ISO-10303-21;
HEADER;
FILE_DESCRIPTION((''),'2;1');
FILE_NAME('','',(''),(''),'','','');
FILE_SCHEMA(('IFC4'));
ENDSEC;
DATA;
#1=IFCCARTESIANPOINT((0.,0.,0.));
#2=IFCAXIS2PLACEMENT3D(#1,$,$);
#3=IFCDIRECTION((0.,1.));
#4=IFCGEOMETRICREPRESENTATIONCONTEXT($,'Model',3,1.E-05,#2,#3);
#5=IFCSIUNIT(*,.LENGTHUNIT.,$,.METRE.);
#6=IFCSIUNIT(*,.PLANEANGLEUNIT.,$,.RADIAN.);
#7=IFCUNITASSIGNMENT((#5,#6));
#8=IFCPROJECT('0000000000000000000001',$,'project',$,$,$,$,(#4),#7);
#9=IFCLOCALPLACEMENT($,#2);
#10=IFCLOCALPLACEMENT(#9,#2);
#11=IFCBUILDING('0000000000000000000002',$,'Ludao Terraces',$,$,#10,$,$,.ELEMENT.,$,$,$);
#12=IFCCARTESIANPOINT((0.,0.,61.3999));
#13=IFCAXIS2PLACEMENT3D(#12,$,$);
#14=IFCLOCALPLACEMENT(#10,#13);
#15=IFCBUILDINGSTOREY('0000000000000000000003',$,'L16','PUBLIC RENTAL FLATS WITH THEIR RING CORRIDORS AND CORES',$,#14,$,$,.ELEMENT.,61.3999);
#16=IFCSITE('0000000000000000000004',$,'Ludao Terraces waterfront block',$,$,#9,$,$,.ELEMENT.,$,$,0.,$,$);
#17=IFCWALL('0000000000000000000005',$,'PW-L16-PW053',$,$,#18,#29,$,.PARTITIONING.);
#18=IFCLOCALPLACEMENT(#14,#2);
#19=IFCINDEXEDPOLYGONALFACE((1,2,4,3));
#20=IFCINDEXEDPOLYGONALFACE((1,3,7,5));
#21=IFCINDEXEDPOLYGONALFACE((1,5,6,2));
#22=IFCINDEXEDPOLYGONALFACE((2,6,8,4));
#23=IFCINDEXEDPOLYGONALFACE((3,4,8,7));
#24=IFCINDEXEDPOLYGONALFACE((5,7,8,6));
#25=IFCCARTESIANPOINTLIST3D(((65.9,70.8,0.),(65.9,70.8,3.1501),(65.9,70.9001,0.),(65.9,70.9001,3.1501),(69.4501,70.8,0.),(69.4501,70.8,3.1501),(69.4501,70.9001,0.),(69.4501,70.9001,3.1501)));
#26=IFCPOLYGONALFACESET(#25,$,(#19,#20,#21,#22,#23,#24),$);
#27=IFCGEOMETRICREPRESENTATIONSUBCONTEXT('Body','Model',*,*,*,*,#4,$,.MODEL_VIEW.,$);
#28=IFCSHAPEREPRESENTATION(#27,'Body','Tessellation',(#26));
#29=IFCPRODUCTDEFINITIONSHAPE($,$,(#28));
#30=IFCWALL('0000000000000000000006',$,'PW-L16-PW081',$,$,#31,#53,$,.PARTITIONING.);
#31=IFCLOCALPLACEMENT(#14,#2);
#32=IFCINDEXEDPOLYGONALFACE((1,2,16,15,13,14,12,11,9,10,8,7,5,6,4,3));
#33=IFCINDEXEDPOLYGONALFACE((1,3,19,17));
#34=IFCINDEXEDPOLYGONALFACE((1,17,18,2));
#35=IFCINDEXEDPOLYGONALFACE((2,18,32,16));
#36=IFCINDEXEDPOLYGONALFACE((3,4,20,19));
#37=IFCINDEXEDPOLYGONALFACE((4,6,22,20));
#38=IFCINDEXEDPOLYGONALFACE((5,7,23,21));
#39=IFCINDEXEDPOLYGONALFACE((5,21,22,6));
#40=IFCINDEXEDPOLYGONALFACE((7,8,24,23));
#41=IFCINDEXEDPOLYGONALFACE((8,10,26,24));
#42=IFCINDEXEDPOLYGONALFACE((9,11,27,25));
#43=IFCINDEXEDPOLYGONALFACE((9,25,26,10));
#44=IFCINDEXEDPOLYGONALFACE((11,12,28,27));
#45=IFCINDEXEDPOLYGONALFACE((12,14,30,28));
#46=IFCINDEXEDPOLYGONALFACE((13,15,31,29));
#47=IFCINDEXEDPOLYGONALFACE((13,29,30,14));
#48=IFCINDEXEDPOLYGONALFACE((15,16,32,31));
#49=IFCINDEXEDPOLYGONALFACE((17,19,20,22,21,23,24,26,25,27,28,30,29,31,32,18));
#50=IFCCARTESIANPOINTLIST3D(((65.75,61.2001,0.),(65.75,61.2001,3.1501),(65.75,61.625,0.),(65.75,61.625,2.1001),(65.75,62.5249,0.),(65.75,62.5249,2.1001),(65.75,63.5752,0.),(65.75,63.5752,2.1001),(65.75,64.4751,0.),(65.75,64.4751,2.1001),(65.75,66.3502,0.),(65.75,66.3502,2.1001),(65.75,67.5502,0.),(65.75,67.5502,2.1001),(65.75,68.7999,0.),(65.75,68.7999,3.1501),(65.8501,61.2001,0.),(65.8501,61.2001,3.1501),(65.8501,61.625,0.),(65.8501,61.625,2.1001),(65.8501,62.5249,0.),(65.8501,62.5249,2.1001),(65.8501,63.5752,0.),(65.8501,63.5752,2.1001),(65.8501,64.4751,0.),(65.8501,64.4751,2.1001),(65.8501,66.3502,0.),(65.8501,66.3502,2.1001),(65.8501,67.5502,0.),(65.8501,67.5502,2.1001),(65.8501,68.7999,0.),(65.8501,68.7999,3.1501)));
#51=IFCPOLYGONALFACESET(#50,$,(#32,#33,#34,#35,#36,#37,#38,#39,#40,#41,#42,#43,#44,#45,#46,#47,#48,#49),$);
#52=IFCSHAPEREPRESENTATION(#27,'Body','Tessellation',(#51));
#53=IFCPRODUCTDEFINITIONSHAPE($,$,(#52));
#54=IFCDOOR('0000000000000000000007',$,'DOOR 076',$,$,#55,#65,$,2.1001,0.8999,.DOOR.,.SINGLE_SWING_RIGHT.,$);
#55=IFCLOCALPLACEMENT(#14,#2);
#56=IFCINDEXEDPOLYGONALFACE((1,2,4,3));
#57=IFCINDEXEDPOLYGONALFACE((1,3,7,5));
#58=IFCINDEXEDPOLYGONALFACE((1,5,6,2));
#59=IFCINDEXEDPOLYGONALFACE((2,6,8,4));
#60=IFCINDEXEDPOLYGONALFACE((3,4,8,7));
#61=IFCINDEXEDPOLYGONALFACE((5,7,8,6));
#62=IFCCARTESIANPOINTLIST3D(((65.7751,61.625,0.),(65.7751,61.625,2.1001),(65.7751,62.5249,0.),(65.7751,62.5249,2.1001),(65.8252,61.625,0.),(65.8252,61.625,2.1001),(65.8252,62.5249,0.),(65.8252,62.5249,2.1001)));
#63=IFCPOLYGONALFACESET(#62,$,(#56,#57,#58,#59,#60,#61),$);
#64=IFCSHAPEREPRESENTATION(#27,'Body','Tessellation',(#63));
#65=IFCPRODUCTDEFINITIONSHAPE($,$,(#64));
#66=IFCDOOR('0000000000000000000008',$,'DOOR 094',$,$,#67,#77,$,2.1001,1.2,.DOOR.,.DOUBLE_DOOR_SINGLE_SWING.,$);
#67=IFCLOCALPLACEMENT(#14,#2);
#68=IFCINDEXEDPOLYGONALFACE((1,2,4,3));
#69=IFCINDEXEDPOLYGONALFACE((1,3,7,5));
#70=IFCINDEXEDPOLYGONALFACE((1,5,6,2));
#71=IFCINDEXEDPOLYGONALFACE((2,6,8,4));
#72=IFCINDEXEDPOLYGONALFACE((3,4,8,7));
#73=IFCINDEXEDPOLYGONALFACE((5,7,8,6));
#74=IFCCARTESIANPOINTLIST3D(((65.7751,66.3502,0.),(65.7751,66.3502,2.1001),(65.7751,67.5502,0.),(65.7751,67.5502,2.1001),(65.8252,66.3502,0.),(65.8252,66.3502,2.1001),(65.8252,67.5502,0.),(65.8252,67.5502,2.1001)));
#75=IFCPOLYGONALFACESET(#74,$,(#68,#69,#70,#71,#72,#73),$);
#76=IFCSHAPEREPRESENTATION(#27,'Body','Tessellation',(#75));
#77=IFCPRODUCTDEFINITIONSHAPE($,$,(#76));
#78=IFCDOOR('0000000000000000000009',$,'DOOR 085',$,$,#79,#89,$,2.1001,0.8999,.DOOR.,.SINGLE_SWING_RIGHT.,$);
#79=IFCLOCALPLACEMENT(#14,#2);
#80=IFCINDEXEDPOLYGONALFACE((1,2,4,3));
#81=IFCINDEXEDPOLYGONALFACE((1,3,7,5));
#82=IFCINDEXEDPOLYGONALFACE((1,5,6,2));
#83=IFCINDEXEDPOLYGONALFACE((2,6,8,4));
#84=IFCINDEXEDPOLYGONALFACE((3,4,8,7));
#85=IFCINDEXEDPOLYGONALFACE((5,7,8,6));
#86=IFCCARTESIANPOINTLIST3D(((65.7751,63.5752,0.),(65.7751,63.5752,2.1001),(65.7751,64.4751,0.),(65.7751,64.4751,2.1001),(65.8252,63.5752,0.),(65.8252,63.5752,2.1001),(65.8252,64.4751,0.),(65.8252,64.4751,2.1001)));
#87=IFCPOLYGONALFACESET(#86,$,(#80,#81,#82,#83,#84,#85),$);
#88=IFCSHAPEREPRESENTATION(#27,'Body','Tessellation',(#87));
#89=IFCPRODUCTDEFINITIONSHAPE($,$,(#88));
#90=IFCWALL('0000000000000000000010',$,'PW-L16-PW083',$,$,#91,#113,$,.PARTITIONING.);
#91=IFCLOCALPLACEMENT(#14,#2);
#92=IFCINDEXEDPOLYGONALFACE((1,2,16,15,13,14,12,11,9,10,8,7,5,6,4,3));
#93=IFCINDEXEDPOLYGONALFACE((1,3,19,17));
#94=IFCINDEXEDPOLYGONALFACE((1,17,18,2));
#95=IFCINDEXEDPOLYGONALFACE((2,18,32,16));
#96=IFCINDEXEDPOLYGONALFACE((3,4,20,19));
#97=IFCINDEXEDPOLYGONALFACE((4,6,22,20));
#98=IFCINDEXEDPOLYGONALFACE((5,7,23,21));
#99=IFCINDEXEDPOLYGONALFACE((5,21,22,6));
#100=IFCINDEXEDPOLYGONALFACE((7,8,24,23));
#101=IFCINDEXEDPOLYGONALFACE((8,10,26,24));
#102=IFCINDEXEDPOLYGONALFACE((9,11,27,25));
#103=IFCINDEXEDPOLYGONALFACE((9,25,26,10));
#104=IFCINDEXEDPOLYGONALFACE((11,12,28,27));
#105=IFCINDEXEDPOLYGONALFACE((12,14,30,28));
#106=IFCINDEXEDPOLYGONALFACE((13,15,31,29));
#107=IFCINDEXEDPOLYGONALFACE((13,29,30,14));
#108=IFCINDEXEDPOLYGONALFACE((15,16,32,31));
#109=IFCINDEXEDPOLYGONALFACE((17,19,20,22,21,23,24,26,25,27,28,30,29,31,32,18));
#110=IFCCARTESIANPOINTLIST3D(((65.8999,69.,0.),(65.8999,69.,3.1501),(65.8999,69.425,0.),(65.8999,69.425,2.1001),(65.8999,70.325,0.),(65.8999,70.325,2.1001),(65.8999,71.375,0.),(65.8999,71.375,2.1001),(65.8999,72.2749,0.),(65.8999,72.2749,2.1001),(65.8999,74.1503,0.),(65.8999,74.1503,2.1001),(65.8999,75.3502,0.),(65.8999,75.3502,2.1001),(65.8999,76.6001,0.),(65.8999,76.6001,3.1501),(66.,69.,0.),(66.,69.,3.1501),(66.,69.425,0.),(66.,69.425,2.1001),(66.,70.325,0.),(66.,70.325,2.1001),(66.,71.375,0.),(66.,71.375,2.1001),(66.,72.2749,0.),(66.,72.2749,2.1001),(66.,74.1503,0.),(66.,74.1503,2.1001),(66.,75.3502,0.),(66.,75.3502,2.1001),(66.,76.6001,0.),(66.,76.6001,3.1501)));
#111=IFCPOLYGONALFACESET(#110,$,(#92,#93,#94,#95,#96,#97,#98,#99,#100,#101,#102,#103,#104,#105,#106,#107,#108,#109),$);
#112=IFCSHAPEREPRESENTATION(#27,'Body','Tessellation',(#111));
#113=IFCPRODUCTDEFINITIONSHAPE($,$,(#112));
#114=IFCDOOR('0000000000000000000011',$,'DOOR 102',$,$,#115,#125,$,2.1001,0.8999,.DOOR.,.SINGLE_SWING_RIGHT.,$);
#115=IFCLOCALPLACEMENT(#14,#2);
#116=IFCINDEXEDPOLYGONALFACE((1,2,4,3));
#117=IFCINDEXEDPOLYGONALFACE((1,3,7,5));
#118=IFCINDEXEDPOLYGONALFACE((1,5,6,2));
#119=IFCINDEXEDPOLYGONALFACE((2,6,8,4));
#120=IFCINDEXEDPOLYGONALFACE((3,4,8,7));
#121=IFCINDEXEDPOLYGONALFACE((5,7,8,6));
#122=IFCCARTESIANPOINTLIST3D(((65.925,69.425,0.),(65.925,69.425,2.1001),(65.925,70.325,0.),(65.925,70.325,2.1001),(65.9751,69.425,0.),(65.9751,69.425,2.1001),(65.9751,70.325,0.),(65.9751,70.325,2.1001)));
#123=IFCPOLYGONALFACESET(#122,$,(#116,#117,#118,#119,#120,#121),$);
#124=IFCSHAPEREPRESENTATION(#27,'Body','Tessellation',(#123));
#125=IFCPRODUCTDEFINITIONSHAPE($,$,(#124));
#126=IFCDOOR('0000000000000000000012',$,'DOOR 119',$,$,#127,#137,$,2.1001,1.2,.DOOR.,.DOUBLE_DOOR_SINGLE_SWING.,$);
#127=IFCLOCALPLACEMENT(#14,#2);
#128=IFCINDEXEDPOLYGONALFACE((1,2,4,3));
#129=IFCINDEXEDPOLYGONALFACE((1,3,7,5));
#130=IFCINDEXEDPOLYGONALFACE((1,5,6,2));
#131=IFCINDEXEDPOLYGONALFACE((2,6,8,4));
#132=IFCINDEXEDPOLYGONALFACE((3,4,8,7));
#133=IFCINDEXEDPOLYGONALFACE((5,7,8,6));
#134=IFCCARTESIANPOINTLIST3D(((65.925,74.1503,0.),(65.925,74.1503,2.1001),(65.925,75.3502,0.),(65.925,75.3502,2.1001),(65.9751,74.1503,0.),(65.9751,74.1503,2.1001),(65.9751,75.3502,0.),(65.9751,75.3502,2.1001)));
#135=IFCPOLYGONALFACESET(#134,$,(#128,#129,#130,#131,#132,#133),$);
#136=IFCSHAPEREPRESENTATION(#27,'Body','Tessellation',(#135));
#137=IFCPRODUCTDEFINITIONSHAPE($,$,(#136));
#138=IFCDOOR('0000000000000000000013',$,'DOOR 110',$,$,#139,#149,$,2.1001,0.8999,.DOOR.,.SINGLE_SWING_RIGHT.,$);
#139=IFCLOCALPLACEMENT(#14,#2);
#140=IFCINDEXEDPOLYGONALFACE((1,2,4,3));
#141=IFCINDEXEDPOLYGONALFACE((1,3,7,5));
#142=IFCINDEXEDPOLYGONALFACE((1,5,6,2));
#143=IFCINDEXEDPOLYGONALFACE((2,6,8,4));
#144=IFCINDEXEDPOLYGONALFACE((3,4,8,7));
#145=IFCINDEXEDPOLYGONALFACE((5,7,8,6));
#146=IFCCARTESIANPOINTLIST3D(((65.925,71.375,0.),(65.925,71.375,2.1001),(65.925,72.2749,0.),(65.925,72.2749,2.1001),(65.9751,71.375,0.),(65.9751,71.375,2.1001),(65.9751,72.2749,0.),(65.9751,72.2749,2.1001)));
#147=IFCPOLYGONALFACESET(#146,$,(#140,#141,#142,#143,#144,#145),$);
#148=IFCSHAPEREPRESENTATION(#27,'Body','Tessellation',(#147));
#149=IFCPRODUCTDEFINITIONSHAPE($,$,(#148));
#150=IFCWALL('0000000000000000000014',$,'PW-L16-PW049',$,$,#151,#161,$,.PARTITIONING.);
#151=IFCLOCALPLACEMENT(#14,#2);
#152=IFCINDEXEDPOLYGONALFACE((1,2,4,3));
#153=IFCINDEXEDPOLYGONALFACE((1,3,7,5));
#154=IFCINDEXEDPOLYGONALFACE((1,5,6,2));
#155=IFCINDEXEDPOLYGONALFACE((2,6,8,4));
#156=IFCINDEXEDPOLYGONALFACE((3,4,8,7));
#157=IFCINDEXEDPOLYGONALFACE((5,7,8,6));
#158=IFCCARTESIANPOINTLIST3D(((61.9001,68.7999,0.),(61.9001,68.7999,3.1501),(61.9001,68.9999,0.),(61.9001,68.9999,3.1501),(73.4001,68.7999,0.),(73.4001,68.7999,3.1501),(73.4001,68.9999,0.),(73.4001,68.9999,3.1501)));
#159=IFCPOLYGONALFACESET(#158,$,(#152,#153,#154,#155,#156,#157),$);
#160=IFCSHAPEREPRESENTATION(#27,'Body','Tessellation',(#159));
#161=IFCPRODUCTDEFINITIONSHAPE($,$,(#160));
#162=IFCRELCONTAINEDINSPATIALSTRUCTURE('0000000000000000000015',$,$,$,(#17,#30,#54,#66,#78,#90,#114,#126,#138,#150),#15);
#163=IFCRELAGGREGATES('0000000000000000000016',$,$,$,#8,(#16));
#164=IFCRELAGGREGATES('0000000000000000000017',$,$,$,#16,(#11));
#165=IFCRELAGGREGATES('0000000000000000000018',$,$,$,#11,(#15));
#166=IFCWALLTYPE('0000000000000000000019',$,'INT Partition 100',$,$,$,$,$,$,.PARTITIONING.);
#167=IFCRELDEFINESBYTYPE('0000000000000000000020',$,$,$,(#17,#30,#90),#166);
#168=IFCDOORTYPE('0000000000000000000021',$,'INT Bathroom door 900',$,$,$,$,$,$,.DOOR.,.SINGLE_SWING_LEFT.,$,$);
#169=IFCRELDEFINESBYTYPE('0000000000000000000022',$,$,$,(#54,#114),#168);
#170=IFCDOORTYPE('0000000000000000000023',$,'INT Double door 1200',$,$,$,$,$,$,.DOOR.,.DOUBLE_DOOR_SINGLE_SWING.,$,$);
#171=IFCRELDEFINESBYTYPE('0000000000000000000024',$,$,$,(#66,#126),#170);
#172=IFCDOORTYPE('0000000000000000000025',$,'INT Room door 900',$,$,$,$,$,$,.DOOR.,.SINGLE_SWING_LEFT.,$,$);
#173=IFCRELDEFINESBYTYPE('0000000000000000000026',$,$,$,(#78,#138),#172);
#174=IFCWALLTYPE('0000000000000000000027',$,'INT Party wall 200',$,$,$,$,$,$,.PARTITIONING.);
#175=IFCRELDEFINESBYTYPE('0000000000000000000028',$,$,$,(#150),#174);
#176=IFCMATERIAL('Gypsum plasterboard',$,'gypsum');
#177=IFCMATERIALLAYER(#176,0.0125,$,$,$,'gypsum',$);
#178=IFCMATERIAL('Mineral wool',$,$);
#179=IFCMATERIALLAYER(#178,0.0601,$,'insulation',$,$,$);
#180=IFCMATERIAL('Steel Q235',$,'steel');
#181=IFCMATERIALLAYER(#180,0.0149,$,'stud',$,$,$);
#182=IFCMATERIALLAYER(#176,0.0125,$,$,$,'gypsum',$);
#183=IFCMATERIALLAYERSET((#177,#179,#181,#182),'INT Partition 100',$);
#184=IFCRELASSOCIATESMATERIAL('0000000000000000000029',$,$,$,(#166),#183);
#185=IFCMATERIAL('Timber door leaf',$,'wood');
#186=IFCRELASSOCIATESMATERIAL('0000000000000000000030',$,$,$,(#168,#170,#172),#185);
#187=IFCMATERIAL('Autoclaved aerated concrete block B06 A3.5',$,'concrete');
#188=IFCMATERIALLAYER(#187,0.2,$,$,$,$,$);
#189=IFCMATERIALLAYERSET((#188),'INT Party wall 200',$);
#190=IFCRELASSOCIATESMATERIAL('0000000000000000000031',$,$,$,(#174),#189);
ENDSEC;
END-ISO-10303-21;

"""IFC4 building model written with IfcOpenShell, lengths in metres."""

from ifc_helpers import new_model, si_unit, direction, frame, frame_2d, origin, place, context, subcontext, project, spatial, rectangle, extrude, material, layer, layer_set, type_object, element, fill, save


model = new_model("IFC4")

# Units and contexts
model_context = context("Model", 3, precision=1e-05, world=origin(), true_north=direction((0.0, 1.0)))
body_context = subcontext(model_context, "Body", "Model", "MODEL_VIEW")
ifc_project = project(units=[si_unit("LENGTHUNIT", "METRE"), si_unit("PLANEANGLEUNIT", "RADIAN")], contexts=[model_context])

# Site, building, storey
site_placement = place(None, origin())
site = spatial("IfcSite", under=ifc_project, at=site_placement, Name="Ludao Terraces waterfront block", CompositionType="ELEMENT", RefElevation=0.0)
building_placement = place(site_placement, origin())
building = spatial("IfcBuilding", under=site, at=building_placement, Name="Ludao Terraces", CompositionType="ELEMENT")
storey_placement = place(building_placement, frame((0.0, 0.0, 61.3999)))
storey = spatial("IfcBuildingStorey", under=building, at=storey_placement, Name="L16", Description="PUBLIC RENTAL FLATS WITH THEIR RING CORRIDORS AND CORES", CompositionType="ELEMENT", Elevation=61.3999)

# Shared definitions
ifc_material_1 = material(Name="Mineral wool")

# Wall
ifc_material_2 = material(Name="Gypsum plasterboard", Category="gypsum")
ifc_layer_1 = layer(ifc_material_2, 0.0125, Category="gypsum")
ifc_layer_2 = layer(ifc_material_1, 0.0601, Name="insulation")
ifc_material_3 = material(Name="Steel Q235", Category="steel")
ifc_layer_3 = layer(ifc_material_3, 0.0149, Name="stud")
ifc_layer_4 = layer(ifc_material_2, 0.0125, Category="gypsum")
ifc_layer_set_1 = layer_set([ifc_layer_1, ifc_layer_2, ifc_layer_3, ifc_layer_4], Name="INT Partition 100")
wall_type_1 = type_object("IfcWallType", Name="INT Partition 100", PredefinedType="PARTITIONING", material=ifc_layer_set_1)
wall_1_placement = place(storey_placement, frame((65.9001, 70.8501, 0.0), z_axis=(0.0, 0.0, 1.0), x_axis=(1.0, 0.0, 0.0)))
element("IfcWall", 1, at=wall_1_placement, inside=storey, type_object=wall_type_1, Name="PW-L16-PW053", PredefinedType="PARTITIONING", context=body_context, shape_type="SweptSolid", body=[
    extrude(rectangle(XDim=3.55, YDim=0.1001, at=frame_2d((1.7749, 0.0))), origin(), (0.0, 0.0, 1.0), 3.1501),
])

# Walls, openings, doors
wall_2_placement = place(storey_placement, frame((65.8, 61.2002, 0.0), z_axis=(0.0, 0.0, 1.0), x_axis=(0.0, 1.0, 0.0)))
wall_2 = element("IfcWall", 2, at=wall_2_placement, inside=storey, type_object=wall_type_1, Name="PW-L16-PW081", PredefinedType="PARTITIONING", context=body_context, shape_type="SweptSolid", body=[
    extrude(rectangle(XDim=7.5999, YDim=0.1001, at=frame_2d((3.7998, 0.0))), origin(), (0.0, 0.0, 1.0), 3.1501),
])
opening_1_placement = place(wall_2_placement, frame((0.4248, 0.0, 0.0)))
opening_1 = element("IfcOpeningElement", 3, at=opening_1_placement, cuts=wall_2, PredefinedType="OPENING", context=body_context, shape_type="SweptSolid", body=[
    extrude(rectangle(XDim=0.8999, YDim=2.1001, at=frame_2d((0.45, 1.05))), frame((0.0, 0.0601, 0.0), z_axis=(0.0, -1.0, 0.0), x_axis=(1.0, 0.0, 0.0)), (0.0, 0.0, 1.0), 0.1201),
])
opening_2_placement = place(wall_2_placement, frame((2.375, 0.0, 0.0)))
opening_2 = element("IfcOpeningElement", 4, at=opening_2_placement, cuts=wall_2, PredefinedType="OPENING", context=body_context, shape_type="SweptSolid", body=[
    extrude(rectangle(XDim=0.8999, YDim=2.1001, at=frame_2d((0.45, 1.05))), frame((0.0, 0.0601, 0.0), z_axis=(0.0, -1.0, 0.0), x_axis=(1.0, 0.0, 0.0)), (0.0, 0.0, 1.0), 0.1201),
])
opening_3_placement = place(wall_2_placement, frame((5.1499, 0.0, 0.0)))
opening_3 = element("IfcOpeningElement", 5, at=opening_3_placement, cuts=wall_2, PredefinedType="OPENING", context=body_context, shape_type="SweptSolid", body=[
    extrude(rectangle(XDim=1.2, YDim=2.1001, at=frame_2d((0.6001, 1.05))), frame((0.0, 0.0601, 0.0), z_axis=(0.0, -1.0, 0.0), x_axis=(1.0, 0.0, 0.0)), (0.0, 0.0, 1.0), 0.1201),
])
ifc_material_4 = material(Name="Timber door leaf", Category="wood")
door_type_1 = type_object("IfcDoorType", Name="INT Bathroom door 900", OperationType="SINGLE_SWING_LEFT", PredefinedType="DOOR", material=ifc_material_4)
door_1_placement = place(opening_1_placement, origin())
door_1 = element("IfcDoor", 6, at=door_1_placement, inside=storey, type_object=door_type_1, Name="DOOR 076", OperationType="SINGLE_SWING_RIGHT", OverallHeight=2.1001, OverallWidth=0.8999, PredefinedType="DOOR", context=body_context, shape_type="SweptSolid", body=[
    extrude(rectangle(XDim=0.8999, YDim=2.1001, at=frame_2d((0.45, 1.05))), frame((0.0, 0.0249, 0.0), z_axis=(0.0, -1.0, 0.0), x_axis=(1.0, 0.0, 0.0)), (0.0, 0.0, 1.0), 0.05),
])
fill(opening_1, door_1)
door_type_2 = type_object("IfcDoorType", Name="INT Double door 1200", OperationType="DOUBLE_DOOR_SINGLE_SWING", PredefinedType="DOOR", material=ifc_material_4)
door_2_placement = place(opening_3_placement, origin())
door_2 = element("IfcDoor", 7, at=door_2_placement, inside=storey, type_object=door_type_2, Name="DOOR 094", OperationType="DOUBLE_DOOR_SINGLE_SWING", OverallHeight=2.1001, OverallWidth=1.2, PredefinedType="DOOR", context=body_context, shape_type="SweptSolid", body=[
    extrude(rectangle(XDim=1.2, YDim=2.1001, at=frame_2d((0.6001, 1.05))), frame((0.0, 0.0249, 0.0), z_axis=(0.0, -1.0, 0.0), x_axis=(1.0, 0.0, 0.0)), (0.0, 0.0, 1.0), 0.05),
])
fill(opening_3, door_2)
door_type_3 = type_object("IfcDoorType", Name="INT Room door 900", OperationType="SINGLE_SWING_LEFT", PredefinedType="DOOR", material=ifc_material_4)
door_3_placement = place(opening_2_placement, origin())
door_3 = element("IfcDoor", 8, at=door_3_placement, inside=storey, type_object=door_type_3, Name="DOOR 085", OperationType="SINGLE_SWING_RIGHT", OverallHeight=2.1001, OverallWidth=0.8999, PredefinedType="DOOR", context=body_context, shape_type="SweptSolid", body=[
    extrude(rectangle(XDim=0.8999, YDim=2.1001, at=frame_2d((0.45, 1.05))), frame((0.0, 0.0249, 0.0), z_axis=(0.0, -1.0, 0.0), x_axis=(1.0, 0.0, 0.0)), (0.0, 0.0, 1.0), 0.05),
])
fill(opening_2, door_3)
wall_3_placement = place(storey_placement, frame((65.95, 69.0, 0.0), z_axis=(0.0, 0.0, 1.0), x_axis=(0.0, 1.0, 0.0)))
wall_3 = element("IfcWall", 9, at=wall_3_placement, inside=storey, type_object=wall_type_1, Name="PW-L16-PW083", PredefinedType="PARTITIONING", context=body_context, shape_type="SweptSolid", body=[
    extrude(rectangle(XDim=7.6001, YDim=0.1001, at=frame_2d((3.8, 0.0))), origin(), (0.0, 0.0, 1.0), 3.1501),
])
opening_4_placement = place(wall_3_placement, frame((0.425, 0.0, 0.0)))
opening_4 = element("IfcOpeningElement", 10, at=opening_4_placement, cuts=wall_3, PredefinedType="OPENING", context=body_context, shape_type="SweptSolid", body=[
    extrude(rectangle(XDim=0.8999, YDim=2.1001, at=frame_2d((0.45, 1.05))), frame((0.0, 0.0601, 0.0), z_axis=(0.0, -1.0, 0.0), x_axis=(1.0, 0.0, 0.0)), (0.0, 0.0, 1.0), 0.1201),
])
opening_5_placement = place(wall_3_placement, frame((2.375, 0.0, 0.0)))
opening_5 = element("IfcOpeningElement", 11, at=opening_5_placement, cuts=wall_3, PredefinedType="OPENING", context=body_context, shape_type="SweptSolid", body=[
    extrude(rectangle(XDim=0.8999, YDim=2.1001, at=frame_2d((0.45, 1.05))), frame((0.0, 0.0601, 0.0), z_axis=(0.0, -1.0, 0.0), x_axis=(1.0, 0.0, 0.0)), (0.0, 0.0, 1.0), 0.1201),
])
opening_6_placement = place(wall_3_placement, frame((5.1501, 0.0, 0.0)))
opening_6 = element("IfcOpeningElement", 12, at=opening_6_placement, cuts=wall_3, PredefinedType="OPENING", context=body_context, shape_type="SweptSolid", body=[
    extrude(rectangle(XDim=1.2, YDim=2.1001, at=frame_2d((0.6001, 1.05))), frame((0.0, 0.0601, 0.0), z_axis=(0.0, -1.0, 0.0), x_axis=(1.0, 0.0, 0.0)), (0.0, 0.0, 1.0), 0.1201),
])
door_4_placement = place(opening_4_placement, origin())
door_4 = element("IfcDoor", 13, at=door_4_placement, inside=storey, type_object=door_type_1, Name="DOOR 102", OperationType="SINGLE_SWING_RIGHT", OverallHeight=2.1001, OverallWidth=0.8999, PredefinedType="DOOR", context=body_context, shape_type="SweptSolid", body=[
    extrude(rectangle(XDim=0.8999, YDim=2.1001, at=frame_2d((0.45, 1.05))), frame((0.0, 0.0249, 0.0), z_axis=(0.0, -1.0, 0.0), x_axis=(1.0, 0.0, 0.0)), (0.0, 0.0, 1.0), 0.05),
])
fill(opening_4, door_4)
door_5_placement = place(opening_6_placement, origin())
door_5 = element("IfcDoor", 14, at=door_5_placement, inside=storey, type_object=door_type_2, Name="DOOR 119", OperationType="DOUBLE_DOOR_SINGLE_SWING", OverallHeight=2.1001, OverallWidth=1.2, PredefinedType="DOOR", context=body_context, shape_type="SweptSolid", body=[
    extrude(rectangle(XDim=1.2, YDim=2.1001, at=frame_2d((0.6001, 1.05))), frame((0.0, 0.0249, 0.0), z_axis=(0.0, -1.0, 0.0), x_axis=(1.0, 0.0, 0.0)), (0.0, 0.0, 1.0), 0.05),
])
fill(opening_6, door_5)
door_6_placement = place(opening_5_placement, origin())
door_6 = element("IfcDoor", 15, at=door_6_placement, inside=storey, type_object=door_type_3, Name="DOOR 110", OperationType="SINGLE_SWING_RIGHT", OverallHeight=2.1001, OverallWidth=0.8999, PredefinedType="DOOR", context=body_context, shape_type="SweptSolid", body=[
    extrude(rectangle(XDim=0.8999, YDim=2.1001, at=frame_2d((0.45, 1.05))), frame((0.0, 0.0249, 0.0), z_axis=(0.0, -1.0, 0.0), x_axis=(1.0, 0.0, 0.0)), (0.0, 0.0, 1.0), 0.05),
])
fill(opening_5, door_6)

# Wall
ifc_material_5 = material(Name="Autoclaved aerated concrete block B06 A3.5", Category="concrete")
ifc_layer_5 = layer(ifc_material_5, 0.2)
ifc_layer_set_2 = layer_set([ifc_layer_5], Name="INT Party wall 200")
wall_type_2 = type_object("IfcWallType", Name="INT Party wall 200", PredefinedType="PARTITIONING", material=ifc_layer_set_2)
wall_4_placement = place(storey_placement, frame((61.9001, 68.8999, 0.0), z_axis=(0.0, 0.0, 1.0), x_axis=(1.0, 0.0, 0.0)))
element("IfcWall", 16, at=wall_4_placement, inside=storey, type_object=wall_type_2, Name="PW-L16-PW049", PredefinedType="PARTITIONING", context=body_context, shape_type="SweptSolid", body=[
    extrude(rectangle(XDim=11.5, YDim=0.2, at=frame_2d((5.75, 0.0))), origin(), (0.0, 0.0, 1.0), 3.1501),
])

save(model, "model.ifc")
